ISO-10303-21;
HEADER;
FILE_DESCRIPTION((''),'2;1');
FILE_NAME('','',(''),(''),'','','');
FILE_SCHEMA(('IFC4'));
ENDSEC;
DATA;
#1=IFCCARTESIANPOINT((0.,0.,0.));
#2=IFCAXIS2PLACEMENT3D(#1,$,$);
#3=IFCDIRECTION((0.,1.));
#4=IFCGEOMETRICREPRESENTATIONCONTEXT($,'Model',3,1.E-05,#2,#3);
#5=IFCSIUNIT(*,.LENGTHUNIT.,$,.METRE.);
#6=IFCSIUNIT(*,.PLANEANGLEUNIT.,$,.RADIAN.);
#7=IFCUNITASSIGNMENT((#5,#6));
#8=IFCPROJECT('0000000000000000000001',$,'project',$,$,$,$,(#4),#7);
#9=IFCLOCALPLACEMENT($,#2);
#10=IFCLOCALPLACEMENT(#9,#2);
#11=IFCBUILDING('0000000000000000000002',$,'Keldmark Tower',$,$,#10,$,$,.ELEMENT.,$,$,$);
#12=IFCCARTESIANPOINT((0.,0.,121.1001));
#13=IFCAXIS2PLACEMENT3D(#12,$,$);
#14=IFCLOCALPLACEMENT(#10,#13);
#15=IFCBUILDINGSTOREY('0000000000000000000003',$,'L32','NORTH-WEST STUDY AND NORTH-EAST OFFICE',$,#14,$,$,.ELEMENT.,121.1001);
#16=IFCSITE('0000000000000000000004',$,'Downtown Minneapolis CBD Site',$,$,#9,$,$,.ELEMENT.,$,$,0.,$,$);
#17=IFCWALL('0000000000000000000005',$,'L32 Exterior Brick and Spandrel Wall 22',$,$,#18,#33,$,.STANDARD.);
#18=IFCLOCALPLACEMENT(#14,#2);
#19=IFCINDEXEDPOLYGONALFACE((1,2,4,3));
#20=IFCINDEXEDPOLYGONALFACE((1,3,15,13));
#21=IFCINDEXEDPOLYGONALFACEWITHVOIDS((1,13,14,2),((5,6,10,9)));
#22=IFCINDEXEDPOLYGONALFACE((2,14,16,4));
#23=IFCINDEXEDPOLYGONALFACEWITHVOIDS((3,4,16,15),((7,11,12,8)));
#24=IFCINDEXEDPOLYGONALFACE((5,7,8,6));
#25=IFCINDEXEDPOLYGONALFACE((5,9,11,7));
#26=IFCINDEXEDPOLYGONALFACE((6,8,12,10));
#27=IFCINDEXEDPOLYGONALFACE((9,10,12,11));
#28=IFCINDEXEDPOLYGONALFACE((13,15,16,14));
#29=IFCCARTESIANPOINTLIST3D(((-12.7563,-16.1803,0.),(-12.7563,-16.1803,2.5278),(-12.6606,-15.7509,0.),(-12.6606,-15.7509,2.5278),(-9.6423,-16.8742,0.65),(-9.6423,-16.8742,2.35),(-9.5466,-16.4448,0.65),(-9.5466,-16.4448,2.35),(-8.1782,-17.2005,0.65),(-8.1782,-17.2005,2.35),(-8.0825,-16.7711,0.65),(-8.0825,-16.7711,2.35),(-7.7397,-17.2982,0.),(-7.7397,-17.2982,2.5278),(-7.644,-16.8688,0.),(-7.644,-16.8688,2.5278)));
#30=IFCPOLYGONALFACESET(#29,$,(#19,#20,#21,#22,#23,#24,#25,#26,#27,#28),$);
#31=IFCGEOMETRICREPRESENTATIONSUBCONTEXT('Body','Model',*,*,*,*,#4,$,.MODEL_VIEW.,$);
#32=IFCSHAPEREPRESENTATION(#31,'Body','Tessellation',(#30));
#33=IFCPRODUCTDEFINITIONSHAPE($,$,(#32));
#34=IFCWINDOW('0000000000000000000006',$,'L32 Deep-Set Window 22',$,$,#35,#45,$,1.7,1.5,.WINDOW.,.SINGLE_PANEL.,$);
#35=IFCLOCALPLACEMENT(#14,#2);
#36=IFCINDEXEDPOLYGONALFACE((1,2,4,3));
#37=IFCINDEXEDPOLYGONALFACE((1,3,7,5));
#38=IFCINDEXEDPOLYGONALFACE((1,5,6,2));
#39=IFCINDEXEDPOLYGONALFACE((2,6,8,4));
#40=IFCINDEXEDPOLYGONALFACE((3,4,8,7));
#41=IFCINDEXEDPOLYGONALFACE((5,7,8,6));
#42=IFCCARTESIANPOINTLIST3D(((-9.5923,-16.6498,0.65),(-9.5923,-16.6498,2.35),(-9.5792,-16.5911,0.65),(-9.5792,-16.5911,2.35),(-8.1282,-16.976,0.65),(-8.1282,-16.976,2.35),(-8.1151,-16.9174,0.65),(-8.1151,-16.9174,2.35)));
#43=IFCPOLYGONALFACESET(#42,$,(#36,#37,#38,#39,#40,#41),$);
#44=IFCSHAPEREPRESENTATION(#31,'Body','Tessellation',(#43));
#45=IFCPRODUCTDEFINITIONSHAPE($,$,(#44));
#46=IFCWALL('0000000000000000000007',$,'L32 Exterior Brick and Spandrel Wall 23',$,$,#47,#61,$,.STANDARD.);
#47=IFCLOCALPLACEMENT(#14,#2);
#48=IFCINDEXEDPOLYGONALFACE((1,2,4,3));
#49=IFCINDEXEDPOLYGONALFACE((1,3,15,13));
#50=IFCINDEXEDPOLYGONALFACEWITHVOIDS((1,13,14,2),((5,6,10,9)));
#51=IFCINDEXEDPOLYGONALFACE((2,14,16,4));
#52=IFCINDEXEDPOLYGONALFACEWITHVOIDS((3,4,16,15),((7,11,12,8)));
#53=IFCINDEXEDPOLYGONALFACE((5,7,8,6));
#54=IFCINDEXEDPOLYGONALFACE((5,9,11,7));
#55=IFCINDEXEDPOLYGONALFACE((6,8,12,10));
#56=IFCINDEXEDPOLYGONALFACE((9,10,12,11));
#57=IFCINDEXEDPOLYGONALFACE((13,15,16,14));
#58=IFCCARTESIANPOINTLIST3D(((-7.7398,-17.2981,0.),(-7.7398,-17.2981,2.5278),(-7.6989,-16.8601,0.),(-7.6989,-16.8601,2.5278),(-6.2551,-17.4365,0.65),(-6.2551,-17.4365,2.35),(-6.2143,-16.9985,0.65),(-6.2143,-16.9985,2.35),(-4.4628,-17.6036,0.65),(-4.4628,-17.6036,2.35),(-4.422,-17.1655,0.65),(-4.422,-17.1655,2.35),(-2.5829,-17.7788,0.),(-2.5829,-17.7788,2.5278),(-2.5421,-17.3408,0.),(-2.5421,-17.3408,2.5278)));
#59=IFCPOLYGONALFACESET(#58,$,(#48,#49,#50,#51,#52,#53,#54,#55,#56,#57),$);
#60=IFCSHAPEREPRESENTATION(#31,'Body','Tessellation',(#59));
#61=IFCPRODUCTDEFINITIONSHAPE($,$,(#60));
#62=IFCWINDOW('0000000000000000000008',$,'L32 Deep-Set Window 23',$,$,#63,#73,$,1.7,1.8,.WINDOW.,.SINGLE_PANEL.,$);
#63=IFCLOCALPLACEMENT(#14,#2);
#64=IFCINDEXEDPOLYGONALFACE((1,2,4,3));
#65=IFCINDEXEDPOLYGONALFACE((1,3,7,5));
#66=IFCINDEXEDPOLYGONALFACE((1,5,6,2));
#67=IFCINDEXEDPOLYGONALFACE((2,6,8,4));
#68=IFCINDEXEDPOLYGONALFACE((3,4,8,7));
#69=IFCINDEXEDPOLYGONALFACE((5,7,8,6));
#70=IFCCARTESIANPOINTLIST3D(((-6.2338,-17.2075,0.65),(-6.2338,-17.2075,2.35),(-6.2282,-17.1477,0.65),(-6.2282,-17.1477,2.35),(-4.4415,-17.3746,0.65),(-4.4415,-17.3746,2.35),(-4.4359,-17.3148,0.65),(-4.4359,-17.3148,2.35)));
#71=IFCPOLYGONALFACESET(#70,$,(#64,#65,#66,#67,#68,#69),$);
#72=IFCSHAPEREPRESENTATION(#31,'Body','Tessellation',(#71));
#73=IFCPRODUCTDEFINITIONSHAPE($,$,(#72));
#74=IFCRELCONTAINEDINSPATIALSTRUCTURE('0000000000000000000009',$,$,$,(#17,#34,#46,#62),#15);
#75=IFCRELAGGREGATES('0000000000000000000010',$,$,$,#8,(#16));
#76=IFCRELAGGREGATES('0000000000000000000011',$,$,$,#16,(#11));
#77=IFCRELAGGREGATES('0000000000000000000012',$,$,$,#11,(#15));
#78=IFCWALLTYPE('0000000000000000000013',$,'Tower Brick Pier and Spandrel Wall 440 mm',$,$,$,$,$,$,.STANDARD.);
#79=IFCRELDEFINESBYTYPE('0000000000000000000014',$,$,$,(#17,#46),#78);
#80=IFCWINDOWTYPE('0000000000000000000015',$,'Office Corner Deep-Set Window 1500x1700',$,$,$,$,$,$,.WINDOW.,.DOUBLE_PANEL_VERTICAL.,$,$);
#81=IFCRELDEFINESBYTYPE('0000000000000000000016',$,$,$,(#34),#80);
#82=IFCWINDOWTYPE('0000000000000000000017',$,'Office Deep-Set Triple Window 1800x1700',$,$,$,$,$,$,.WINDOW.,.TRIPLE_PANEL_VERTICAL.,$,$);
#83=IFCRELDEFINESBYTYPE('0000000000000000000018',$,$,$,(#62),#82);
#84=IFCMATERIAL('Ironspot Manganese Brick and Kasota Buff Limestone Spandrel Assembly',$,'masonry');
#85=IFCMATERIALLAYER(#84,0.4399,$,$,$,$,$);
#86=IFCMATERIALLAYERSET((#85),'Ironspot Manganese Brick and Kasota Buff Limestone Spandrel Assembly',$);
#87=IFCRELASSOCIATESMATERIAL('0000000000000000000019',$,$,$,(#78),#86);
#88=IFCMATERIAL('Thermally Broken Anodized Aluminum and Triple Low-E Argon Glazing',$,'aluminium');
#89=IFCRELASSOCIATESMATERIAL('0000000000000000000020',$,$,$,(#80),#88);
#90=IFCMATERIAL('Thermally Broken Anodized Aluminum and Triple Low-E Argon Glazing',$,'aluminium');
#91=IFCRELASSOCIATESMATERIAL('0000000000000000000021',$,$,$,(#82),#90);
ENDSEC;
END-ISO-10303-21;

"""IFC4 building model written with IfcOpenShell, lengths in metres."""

from ifc_helpers import new_model, si_unit, direction, frame, frame_2d, origin, place, context, subcontext, project, spatial, rectangle, extrude, material, layer, layer_set, type_object, element, fill, save


model = new_model("IFC4")

# Units and contexts
model_context = context("Model", 3, precision=1e-05, world=origin(), true_north=direction((0.0, 1.0)))
body_context = subcontext(model_context, "Body", "Model", "MODEL_VIEW")
ifc_project = project(units=[si_unit("LENGTHUNIT", "METRE"), si_unit("PLANEANGLEUNIT", "RADIAN")], contexts=[model_context])

# Site, building, storey
site_placement = place(None, origin())
site = spatial("IfcSite", under=ifc_project, at=site_placement, Name="Downtown Minneapolis CBD Site", CompositionType="ELEMENT", RefElevation=0.0)
building_placement = place(site_placement, origin())
building = spatial("IfcBuilding", under=site, at=building_placement, Name="Keldmark Tower", CompositionType="ELEMENT")
storey_placement = place(building_placement, frame((0.0, 0.0, 121.1001)))
storey = spatial("IfcBuildingStorey", under=building, at=storey_placement, Name="L32", Description="NORTH-WEST STUDY AND NORTH-EAST OFFICE", CompositionType="ELEMENT", Elevation=121.1001)

# Walls, openings, windows
ifc_material_1 = material(Name="Ironspot Manganese Brick and Kasota Buff Limestone Spandrel Assembly", Category="masonry")
ifc_layer_1 = layer(ifc_material_1, 0.4399)
ifc_layer_set_1 = layer_set([ifc_layer_1], Name="Ironspot Manganese Brick and Kasota Buff Limestone Spandrel Assembly")
wall_type_1 = type_object("IfcWallType", Name="Tower Brick Pier and Spandrel Wall 440 mm", PredefinedType="STANDARD", material=ifc_layer_set_1)
ifc_material_2 = material(Name="Thermally Broken Anodized Aluminum and Triple Low-E Argon Glazing", Category="aluminium")
window_type_1 = type_object("IfcWindowType", Name="Office Corner Deep-Set Window 1500x1700", PartitioningType="DOUBLE_PANEL_VERTICAL", PredefinedType="WINDOW", material=ifc_material_2)
wall_1_placement = place(storey_placement, frame((-7.6919, -17.0835, 0.0), z_axis=(0.0, 0.0, 1.0), x_axis=(-0.976058, 0.217509, 0.0)))
wall_1 = element("IfcWall", 1, at=wall_1_placement, inside=storey, type_object=wall_type_1, Name="L32 Exterior Brick and Spandrel Wall 22", PredefinedType="STANDARD", context=body_context, shape_type="SweptSolid", body=[
    extrude(rectangle(XDim=5.1396, YDim=0.4399, at=frame_2d((2.5698, 0.0))), origin(), (0.0, 0.0, 1.0), 2.5278),
])
opening_1_placement = place(wall_1_placement, frame((0.4492, 0.0, 0.6499)))
opening_1 = element("IfcOpeningElement", 2, at=opening_1_placement, cuts=wall_1, PredefinedType="OPENING", context=body_context, shape_type="SweptSolid", body=[
    extrude(rectangle(XDim=1.5, YDim=1.7, at=frame_2d((0.75, 0.8501))), frame((0.0, 0.23, 0.0), z_axis=(0.0, -1.0, 0.0), x_axis=(1.0, 0.0, 0.0)), (0.0, 0.0, 1.0), 0.46),
])
window_1_placement = place(opening_1_placement, origin())
window_1 = element("IfcWindow", 3, at=window_1_placement, inside=storey, type_object=window_type_1, Name="L32 Deep-Set Window 22", OverallHeight=1.7, OverallWidth=1.5, PartitioningType="SINGLE_PANEL", PredefinedType="WINDOW", context=body_context, shape_type="SweptSolid", body=[
    extrude(rectangle(XDim=1.5, YDim=1.7, at=frame_2d((0.75, 0.8501))), frame((0.0, -0.01, 0.0), z_axis=(0.0, -1.0, 0.0), x_axis=(1.0, 0.0, 0.0)), (0.0, 0.0, 1.0), 0.0601),
])
fill(opening_1, window_1)
wall_2_placement = place(storey_placement, frame((-2.5625, -17.5598, 0.0), z_axis=(0.0, 0.0, 1.0), x_axis=(-0.995683, 0.092818, 0.0)))
wall_2 = element("IfcWall", 4, at=wall_2_placement, inside=storey, type_object=wall_type_1, Name="L32 Exterior Brick and Spandrel Wall 23", PredefinedType="STANDARD", context=body_context, shape_type="SweptSolid", body=[
    extrude(rectangle(XDim=5.1792, YDim=0.4399, at=frame_2d((2.5896, 0.0))), origin(), (0.0, 0.0, 1.0), 2.5278),
])
opening_2_placement = place(wall_2_placement, frame((1.8882, 0.0, 0.6499)))
opening_2 = element("IfcOpeningElement", 5, at=opening_2_placement, cuts=wall_2, PredefinedType="OPENING", context=body_context, shape_type="SweptSolid", body=[
    extrude(rectangle(XDim=1.8, YDim=1.7, at=frame_2d((0.8999, 0.8501))), frame((0.0, 0.23, 0.0), z_axis=(0.0, -1.0, 0.0), x_axis=(1.0, 0.0, 0.0)), (0.0, 0.0, 1.0), 0.46),
])
ifc_material_3 = material(Name="Thermally Broken Anodized Aluminum and Triple Low-E Argon Glazing", Category="aluminium")
window_type_2 = type_object("IfcWindowType", Name="Office Deep-Set Triple Window 1800x1700", PartitioningType="TRIPLE_PANEL_VERTICAL", PredefinedType="WINDOW", material=ifc_material_3)
window_2_placement = place(opening_2_placement, origin())
window_2 = element("IfcWindow", 6, at=window_2_placement, inside=storey, type_object=window_type_2, Name="L32 Deep-Set Window 23", OverallHeight=1.7, OverallWidth=1.8, PartitioningType="SINGLE_PANEL", PredefinedType="WINDOW", context=body_context, shape_type="SweptSolid", body=[
    extrude(rectangle(XDim=1.8, YDim=1.7, at=frame_2d((0.8999, 0.8501))), frame((0.0, -0.01, 0.0), z_axis=(0.0, -1.0, 0.0), x_axis=(1.0, 0.0, 0.0)), (0.0, 0.0, 1.0), 0.0601),
])
fill(opening_2, window_2)

save(model, "model.ifc")
